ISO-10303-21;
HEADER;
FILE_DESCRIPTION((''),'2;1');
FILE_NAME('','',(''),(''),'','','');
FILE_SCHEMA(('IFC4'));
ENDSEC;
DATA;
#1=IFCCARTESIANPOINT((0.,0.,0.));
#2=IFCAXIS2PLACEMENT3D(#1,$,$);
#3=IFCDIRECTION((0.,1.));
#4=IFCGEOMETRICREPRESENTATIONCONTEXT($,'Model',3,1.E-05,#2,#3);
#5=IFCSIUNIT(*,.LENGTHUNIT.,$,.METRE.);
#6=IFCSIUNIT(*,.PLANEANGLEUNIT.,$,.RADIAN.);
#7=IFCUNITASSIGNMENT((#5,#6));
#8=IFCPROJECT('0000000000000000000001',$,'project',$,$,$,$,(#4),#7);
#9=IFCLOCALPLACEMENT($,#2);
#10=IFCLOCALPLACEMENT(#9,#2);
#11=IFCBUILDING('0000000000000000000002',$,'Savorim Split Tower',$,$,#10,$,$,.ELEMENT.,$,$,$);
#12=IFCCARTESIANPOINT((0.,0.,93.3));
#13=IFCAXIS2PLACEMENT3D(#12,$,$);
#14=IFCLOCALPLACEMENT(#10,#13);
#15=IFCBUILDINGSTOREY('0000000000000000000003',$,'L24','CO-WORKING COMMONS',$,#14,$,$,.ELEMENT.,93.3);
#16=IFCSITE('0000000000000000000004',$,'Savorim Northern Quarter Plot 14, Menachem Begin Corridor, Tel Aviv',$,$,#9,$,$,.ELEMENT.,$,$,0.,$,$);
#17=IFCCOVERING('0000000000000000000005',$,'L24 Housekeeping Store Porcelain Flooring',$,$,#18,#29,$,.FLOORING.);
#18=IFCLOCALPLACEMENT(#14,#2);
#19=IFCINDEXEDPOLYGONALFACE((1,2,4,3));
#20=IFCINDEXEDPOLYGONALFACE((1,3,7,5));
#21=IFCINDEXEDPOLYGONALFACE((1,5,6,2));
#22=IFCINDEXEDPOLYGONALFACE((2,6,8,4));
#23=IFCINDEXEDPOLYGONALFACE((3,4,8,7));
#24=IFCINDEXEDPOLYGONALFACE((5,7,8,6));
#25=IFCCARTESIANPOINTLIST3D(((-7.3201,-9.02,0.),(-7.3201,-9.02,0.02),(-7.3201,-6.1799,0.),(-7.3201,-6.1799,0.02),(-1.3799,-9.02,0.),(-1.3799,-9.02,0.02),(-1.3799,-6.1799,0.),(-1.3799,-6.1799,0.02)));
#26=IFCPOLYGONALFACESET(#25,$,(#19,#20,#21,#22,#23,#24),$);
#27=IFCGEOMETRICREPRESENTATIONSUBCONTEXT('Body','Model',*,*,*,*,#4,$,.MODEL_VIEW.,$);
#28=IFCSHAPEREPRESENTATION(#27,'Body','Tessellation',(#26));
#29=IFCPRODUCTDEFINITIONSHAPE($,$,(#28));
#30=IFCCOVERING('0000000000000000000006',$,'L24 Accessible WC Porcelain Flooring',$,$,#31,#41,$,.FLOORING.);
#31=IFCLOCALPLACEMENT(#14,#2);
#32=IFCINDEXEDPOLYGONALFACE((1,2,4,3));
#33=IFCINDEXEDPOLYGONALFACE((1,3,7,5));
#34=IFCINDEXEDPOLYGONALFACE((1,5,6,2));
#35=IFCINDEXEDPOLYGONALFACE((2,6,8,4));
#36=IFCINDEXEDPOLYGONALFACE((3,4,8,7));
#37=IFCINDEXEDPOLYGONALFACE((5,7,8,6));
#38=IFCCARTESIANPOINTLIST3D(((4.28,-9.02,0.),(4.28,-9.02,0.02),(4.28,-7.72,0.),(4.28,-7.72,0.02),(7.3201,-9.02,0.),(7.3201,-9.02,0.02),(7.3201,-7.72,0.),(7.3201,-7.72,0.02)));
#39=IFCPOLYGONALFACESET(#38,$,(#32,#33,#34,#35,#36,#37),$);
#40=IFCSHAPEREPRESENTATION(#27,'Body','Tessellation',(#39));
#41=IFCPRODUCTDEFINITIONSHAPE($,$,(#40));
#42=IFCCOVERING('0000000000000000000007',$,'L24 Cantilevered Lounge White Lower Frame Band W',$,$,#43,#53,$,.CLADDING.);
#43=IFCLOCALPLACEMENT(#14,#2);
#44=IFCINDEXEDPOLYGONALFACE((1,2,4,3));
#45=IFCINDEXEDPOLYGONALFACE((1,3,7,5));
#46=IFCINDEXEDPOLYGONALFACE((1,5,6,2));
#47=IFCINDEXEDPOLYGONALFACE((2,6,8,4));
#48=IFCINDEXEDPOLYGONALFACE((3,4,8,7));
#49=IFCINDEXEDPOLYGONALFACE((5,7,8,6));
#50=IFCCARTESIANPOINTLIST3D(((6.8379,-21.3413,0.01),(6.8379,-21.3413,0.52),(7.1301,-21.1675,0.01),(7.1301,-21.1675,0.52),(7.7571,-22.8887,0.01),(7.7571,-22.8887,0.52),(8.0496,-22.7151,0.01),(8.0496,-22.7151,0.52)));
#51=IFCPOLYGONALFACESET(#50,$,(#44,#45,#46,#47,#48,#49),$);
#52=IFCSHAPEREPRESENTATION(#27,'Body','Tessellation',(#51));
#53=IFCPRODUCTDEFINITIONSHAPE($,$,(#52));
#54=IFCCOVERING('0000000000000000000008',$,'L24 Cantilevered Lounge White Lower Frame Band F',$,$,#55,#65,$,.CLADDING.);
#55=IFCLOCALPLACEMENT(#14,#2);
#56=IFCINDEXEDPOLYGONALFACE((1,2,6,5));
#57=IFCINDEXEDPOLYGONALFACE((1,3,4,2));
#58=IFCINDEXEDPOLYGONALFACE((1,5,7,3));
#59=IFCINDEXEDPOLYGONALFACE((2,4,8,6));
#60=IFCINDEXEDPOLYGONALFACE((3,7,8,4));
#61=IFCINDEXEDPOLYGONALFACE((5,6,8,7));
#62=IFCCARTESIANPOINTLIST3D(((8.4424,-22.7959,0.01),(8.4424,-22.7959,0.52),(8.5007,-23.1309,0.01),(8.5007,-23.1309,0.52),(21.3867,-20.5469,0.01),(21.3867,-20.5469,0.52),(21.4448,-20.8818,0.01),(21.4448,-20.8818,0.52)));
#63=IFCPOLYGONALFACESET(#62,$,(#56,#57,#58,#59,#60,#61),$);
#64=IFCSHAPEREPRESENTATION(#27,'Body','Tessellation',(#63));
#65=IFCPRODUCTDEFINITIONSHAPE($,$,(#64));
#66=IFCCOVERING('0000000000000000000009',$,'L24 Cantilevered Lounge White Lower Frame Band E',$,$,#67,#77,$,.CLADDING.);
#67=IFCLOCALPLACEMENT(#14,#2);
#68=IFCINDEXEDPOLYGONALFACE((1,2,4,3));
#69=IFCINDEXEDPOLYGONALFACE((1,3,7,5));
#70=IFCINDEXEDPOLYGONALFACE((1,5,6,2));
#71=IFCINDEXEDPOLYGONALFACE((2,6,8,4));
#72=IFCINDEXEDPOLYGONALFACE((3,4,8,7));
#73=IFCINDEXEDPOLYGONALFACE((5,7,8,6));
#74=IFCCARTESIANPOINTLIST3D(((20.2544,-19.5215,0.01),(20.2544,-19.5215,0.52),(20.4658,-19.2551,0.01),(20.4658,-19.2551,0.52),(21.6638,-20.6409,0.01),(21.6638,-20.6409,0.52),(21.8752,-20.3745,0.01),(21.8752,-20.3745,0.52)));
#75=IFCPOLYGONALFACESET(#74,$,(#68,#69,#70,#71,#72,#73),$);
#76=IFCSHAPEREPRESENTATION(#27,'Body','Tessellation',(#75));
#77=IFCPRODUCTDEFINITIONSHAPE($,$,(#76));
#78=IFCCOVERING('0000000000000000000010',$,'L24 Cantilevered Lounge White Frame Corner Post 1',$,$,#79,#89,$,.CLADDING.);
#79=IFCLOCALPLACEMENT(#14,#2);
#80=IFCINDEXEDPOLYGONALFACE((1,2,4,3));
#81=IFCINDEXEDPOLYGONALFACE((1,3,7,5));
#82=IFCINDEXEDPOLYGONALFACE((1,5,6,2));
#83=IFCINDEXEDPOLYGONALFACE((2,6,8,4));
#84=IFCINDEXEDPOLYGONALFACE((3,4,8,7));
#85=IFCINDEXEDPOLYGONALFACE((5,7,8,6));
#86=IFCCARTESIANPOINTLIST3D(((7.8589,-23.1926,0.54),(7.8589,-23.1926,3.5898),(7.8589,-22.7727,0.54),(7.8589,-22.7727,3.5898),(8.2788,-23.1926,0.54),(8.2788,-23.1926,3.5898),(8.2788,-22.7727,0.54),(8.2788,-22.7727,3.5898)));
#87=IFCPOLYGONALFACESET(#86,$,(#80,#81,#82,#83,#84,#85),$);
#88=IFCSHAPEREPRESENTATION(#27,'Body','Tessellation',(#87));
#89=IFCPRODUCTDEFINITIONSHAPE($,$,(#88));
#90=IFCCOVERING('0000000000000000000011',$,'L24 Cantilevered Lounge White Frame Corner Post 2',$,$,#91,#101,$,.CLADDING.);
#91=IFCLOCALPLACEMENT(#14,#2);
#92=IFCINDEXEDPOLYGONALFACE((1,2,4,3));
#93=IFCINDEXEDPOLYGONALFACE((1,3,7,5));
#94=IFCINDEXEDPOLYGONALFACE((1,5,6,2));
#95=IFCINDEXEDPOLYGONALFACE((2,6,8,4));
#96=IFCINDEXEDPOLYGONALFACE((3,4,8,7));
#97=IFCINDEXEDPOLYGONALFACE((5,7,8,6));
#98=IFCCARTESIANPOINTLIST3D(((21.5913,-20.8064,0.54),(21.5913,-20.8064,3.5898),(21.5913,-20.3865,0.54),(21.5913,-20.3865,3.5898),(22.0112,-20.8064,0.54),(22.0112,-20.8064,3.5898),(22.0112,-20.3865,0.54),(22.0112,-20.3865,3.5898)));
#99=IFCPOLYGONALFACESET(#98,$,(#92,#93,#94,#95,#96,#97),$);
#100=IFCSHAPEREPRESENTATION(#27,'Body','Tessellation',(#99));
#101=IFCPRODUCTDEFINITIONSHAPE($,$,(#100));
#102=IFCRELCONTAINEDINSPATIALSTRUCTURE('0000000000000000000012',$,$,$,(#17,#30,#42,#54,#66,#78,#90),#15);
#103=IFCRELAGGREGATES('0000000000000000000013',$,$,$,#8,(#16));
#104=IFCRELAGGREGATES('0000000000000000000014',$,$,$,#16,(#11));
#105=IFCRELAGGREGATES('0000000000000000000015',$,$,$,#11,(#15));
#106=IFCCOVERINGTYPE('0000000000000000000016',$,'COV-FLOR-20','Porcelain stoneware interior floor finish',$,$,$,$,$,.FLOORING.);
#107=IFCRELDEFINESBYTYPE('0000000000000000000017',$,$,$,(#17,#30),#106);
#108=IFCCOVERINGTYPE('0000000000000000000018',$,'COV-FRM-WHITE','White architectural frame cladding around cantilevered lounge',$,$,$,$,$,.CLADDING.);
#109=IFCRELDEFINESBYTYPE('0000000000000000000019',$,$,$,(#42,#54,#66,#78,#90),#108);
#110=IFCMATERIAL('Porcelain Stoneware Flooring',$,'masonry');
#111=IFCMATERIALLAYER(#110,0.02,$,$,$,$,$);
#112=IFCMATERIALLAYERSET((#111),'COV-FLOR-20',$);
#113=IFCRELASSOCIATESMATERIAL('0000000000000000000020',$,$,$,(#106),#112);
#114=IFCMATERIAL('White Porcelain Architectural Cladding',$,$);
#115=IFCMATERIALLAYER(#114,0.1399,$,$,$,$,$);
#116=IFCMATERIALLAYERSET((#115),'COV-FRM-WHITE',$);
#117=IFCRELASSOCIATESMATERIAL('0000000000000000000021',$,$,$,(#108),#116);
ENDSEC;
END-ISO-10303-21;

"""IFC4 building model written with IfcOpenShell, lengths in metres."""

from ifc_helpers import new_model, si_unit, direction, frame, origin, place, context, subcontext, project, spatial, polyline, outline, extrude, material, layer, layer_set, type_object, element, save


model = new_model("IFC4")

# Units and contexts
model_context = context("Model", 3, precision=1e-05, world=origin(), true_north=direction((0.0, 1.0)))
body_context = subcontext(model_context, "Body", "Model", "MODEL_VIEW")
ifc_project = project(units=[si_unit("LENGTHUNIT", "METRE"), si_unit("PLANEANGLEUNIT", "RADIAN")], contexts=[model_context])

# Site, building, storey
site_placement = place(None, origin())
site = spatial("IfcSite", under=ifc_project, at=site_placement, Name="Savorim Northern Quarter Plot 14, Menachem Begin Corridor, Tel Aviv", CompositionType="ELEMENT", RefElevation=0.0)
building_placement = place(site_placement, origin())
building = spatial("IfcBuilding", under=site, at=building_placement, Name="Savorim Split Tower", CompositionType="ELEMENT")
storey_placement = place(building_placement, frame((0.0, 0.0, 93.3)))
storey = spatial("IfcBuildingStorey", under=building, at=storey_placement, Name="L24", Description="CO-WORKING COMMONS", CompositionType="ELEMENT", Elevation=93.3)

# Coverings
ifc_material_1 = material(Name="Porcelain Stoneware Flooring", Category="masonry")
ifc_layer_1 = layer(ifc_material_1, 0.02)
ifc_layer_set_1 = layer_set([ifc_layer_1], Name="COV-FLOR-20")
covering_type_1 = type_object("IfcCoveringType", Name="COV-FLOR-20", Description="Porcelain stoneware interior floor finish", PredefinedType="FLOORING", material=ifc_layer_set_1)
covering_1_placement = place(storey_placement, origin())
element("IfcCovering", 1, at=covering_1_placement, inside=storey, type_object=covering_type_1, Name="L24 Housekeeping Store Porcelain Flooring", PredefinedType="FLOORING", context=body_context, shape_type="SweptSolid", body=[
    extrude(outline(polyline([(-7.3201, -6.1799), (-7.3201, -9.02), (-1.3799, -9.02), (-1.3799, -6.1799), (-7.3201, -6.1799)])), origin(), (0.0, 0.0, 1.0), 0.02),
])
covering_2_placement = place(storey_placement, origin())
element("IfcCovering", 2, at=covering_2_placement, inside=storey, type_object=covering_type_1, Name="L24 Accessible WC Porcelain Flooring", PredefinedType="FLOORING", context=body_context, shape_type="SweptSolid", body=[
    extrude(outline(polyline([(4.28, -7.72), (4.28, -9.02), (7.3201, -9.02), (7.3201, -7.72), (4.28, -7.72)])), origin(), (0.0, 0.0, 1.0), 0.02),
])
ifc_material_2 = material(Name="White Porcelain Architectural Cladding")
ifc_layer_2 = layer(ifc_material_2, 0.1399)
ifc_layer_set_2 = layer_set([ifc_layer_2], Name="COV-FRM-WHITE")
covering_type_2 = type_object("IfcCoveringType", Name="COV-FRM-WHITE", Description="White architectural frame cladding around cantilevered lounge", PredefinedType="CLADDING", material=ifc_layer_set_2)
covering_3_placement = place(storey_placement, frame((0.0, 0.0, 0.01)))
element("IfcCovering", 3, at=covering_3_placement, inside=storey, type_object=covering_type_2, Name="L24 Cantilevered Lounge White Lower Frame Band W", PredefinedType="CLADDING", context=body_context, shape_type="SweptSolid", body=[
    extrude(outline(polyline([(6.8379, -21.3413), (7.7571, -22.8887), (8.0496, -22.7151), (7.1301, -21.1675), (6.8379, -21.3413)])), origin(), (0.0, 0.0, 1.0), 0.51),
])
covering_4_placement = place(storey_placement, frame((0.0, 0.0, 0.01)))
element("IfcCovering", 4, at=covering_4_placement, inside=storey, type_object=covering_type_2, Name="L24 Cantilevered Lounge White Lower Frame Band F", PredefinedType="CLADDING", context=body_context, shape_type="SweptSolid", body=[
    extrude(outline(polyline([(8.5007, -23.1309), (21.4448, -20.8818), (21.3867, -20.5469), (8.4424, -22.7959), (8.5007, -23.1309)])), origin(), (0.0, 0.0, 1.0), 0.51),
])
covering_5_placement = place(storey_placement, frame((0.0, 0.0, 0.01)))
element("IfcCovering", 5, at=covering_5_placement, inside=storey, type_object=covering_type_2, Name="L24 Cantilevered Lounge White Lower Frame Band E", PredefinedType="CLADDING", context=body_context, shape_type="SweptSolid", body=[
    extrude(outline(polyline([(21.8752, -20.3745), (20.4658, -19.2551), (20.2544, -19.5215), (21.6638, -20.6409), (21.8752, -20.3745)])), origin(), (0.0, 0.0, 1.0), 0.51),
])
covering_6_placement = place(storey_placement, frame((0.0, 0.0, 0.54)))
element("IfcCovering", 6, at=covering_6_placement, inside=storey, type_object=covering_type_2, Name="L24 Cantilevered Lounge White Frame Corner Post 1", PredefinedType="CLADDING", context=body_context, shape_type="SweptSolid", body=[
    extrude(outline(polyline([(7.8589, -23.1926), (8.2788, -23.1926), (8.2788, -22.7727), (7.8589, -22.7727), (7.8589, -23.1926)])), origin(), (0.0, 0.0, 1.0), 3.0498),
])
covering_7_placement = place(storey_placement, frame((0.0, 0.0, 0.54)))
element("IfcCovering", 7, at=covering_7_placement, inside=storey, type_object=covering_type_2, Name="L24 Cantilevered Lounge White Frame Corner Post 2", PredefinedType="CLADDING", context=body_context, shape_type="SweptSolid", body=[
    extrude(outline(polyline([(21.5913, -20.8064), (22.0112, -20.8064), (22.0112, -20.3865), (21.5913, -20.3865), (21.5913, -20.8064)])), origin(), (0.0, 0.0, 1.0), 3.0498),
])

save(model, "model.ifc")
